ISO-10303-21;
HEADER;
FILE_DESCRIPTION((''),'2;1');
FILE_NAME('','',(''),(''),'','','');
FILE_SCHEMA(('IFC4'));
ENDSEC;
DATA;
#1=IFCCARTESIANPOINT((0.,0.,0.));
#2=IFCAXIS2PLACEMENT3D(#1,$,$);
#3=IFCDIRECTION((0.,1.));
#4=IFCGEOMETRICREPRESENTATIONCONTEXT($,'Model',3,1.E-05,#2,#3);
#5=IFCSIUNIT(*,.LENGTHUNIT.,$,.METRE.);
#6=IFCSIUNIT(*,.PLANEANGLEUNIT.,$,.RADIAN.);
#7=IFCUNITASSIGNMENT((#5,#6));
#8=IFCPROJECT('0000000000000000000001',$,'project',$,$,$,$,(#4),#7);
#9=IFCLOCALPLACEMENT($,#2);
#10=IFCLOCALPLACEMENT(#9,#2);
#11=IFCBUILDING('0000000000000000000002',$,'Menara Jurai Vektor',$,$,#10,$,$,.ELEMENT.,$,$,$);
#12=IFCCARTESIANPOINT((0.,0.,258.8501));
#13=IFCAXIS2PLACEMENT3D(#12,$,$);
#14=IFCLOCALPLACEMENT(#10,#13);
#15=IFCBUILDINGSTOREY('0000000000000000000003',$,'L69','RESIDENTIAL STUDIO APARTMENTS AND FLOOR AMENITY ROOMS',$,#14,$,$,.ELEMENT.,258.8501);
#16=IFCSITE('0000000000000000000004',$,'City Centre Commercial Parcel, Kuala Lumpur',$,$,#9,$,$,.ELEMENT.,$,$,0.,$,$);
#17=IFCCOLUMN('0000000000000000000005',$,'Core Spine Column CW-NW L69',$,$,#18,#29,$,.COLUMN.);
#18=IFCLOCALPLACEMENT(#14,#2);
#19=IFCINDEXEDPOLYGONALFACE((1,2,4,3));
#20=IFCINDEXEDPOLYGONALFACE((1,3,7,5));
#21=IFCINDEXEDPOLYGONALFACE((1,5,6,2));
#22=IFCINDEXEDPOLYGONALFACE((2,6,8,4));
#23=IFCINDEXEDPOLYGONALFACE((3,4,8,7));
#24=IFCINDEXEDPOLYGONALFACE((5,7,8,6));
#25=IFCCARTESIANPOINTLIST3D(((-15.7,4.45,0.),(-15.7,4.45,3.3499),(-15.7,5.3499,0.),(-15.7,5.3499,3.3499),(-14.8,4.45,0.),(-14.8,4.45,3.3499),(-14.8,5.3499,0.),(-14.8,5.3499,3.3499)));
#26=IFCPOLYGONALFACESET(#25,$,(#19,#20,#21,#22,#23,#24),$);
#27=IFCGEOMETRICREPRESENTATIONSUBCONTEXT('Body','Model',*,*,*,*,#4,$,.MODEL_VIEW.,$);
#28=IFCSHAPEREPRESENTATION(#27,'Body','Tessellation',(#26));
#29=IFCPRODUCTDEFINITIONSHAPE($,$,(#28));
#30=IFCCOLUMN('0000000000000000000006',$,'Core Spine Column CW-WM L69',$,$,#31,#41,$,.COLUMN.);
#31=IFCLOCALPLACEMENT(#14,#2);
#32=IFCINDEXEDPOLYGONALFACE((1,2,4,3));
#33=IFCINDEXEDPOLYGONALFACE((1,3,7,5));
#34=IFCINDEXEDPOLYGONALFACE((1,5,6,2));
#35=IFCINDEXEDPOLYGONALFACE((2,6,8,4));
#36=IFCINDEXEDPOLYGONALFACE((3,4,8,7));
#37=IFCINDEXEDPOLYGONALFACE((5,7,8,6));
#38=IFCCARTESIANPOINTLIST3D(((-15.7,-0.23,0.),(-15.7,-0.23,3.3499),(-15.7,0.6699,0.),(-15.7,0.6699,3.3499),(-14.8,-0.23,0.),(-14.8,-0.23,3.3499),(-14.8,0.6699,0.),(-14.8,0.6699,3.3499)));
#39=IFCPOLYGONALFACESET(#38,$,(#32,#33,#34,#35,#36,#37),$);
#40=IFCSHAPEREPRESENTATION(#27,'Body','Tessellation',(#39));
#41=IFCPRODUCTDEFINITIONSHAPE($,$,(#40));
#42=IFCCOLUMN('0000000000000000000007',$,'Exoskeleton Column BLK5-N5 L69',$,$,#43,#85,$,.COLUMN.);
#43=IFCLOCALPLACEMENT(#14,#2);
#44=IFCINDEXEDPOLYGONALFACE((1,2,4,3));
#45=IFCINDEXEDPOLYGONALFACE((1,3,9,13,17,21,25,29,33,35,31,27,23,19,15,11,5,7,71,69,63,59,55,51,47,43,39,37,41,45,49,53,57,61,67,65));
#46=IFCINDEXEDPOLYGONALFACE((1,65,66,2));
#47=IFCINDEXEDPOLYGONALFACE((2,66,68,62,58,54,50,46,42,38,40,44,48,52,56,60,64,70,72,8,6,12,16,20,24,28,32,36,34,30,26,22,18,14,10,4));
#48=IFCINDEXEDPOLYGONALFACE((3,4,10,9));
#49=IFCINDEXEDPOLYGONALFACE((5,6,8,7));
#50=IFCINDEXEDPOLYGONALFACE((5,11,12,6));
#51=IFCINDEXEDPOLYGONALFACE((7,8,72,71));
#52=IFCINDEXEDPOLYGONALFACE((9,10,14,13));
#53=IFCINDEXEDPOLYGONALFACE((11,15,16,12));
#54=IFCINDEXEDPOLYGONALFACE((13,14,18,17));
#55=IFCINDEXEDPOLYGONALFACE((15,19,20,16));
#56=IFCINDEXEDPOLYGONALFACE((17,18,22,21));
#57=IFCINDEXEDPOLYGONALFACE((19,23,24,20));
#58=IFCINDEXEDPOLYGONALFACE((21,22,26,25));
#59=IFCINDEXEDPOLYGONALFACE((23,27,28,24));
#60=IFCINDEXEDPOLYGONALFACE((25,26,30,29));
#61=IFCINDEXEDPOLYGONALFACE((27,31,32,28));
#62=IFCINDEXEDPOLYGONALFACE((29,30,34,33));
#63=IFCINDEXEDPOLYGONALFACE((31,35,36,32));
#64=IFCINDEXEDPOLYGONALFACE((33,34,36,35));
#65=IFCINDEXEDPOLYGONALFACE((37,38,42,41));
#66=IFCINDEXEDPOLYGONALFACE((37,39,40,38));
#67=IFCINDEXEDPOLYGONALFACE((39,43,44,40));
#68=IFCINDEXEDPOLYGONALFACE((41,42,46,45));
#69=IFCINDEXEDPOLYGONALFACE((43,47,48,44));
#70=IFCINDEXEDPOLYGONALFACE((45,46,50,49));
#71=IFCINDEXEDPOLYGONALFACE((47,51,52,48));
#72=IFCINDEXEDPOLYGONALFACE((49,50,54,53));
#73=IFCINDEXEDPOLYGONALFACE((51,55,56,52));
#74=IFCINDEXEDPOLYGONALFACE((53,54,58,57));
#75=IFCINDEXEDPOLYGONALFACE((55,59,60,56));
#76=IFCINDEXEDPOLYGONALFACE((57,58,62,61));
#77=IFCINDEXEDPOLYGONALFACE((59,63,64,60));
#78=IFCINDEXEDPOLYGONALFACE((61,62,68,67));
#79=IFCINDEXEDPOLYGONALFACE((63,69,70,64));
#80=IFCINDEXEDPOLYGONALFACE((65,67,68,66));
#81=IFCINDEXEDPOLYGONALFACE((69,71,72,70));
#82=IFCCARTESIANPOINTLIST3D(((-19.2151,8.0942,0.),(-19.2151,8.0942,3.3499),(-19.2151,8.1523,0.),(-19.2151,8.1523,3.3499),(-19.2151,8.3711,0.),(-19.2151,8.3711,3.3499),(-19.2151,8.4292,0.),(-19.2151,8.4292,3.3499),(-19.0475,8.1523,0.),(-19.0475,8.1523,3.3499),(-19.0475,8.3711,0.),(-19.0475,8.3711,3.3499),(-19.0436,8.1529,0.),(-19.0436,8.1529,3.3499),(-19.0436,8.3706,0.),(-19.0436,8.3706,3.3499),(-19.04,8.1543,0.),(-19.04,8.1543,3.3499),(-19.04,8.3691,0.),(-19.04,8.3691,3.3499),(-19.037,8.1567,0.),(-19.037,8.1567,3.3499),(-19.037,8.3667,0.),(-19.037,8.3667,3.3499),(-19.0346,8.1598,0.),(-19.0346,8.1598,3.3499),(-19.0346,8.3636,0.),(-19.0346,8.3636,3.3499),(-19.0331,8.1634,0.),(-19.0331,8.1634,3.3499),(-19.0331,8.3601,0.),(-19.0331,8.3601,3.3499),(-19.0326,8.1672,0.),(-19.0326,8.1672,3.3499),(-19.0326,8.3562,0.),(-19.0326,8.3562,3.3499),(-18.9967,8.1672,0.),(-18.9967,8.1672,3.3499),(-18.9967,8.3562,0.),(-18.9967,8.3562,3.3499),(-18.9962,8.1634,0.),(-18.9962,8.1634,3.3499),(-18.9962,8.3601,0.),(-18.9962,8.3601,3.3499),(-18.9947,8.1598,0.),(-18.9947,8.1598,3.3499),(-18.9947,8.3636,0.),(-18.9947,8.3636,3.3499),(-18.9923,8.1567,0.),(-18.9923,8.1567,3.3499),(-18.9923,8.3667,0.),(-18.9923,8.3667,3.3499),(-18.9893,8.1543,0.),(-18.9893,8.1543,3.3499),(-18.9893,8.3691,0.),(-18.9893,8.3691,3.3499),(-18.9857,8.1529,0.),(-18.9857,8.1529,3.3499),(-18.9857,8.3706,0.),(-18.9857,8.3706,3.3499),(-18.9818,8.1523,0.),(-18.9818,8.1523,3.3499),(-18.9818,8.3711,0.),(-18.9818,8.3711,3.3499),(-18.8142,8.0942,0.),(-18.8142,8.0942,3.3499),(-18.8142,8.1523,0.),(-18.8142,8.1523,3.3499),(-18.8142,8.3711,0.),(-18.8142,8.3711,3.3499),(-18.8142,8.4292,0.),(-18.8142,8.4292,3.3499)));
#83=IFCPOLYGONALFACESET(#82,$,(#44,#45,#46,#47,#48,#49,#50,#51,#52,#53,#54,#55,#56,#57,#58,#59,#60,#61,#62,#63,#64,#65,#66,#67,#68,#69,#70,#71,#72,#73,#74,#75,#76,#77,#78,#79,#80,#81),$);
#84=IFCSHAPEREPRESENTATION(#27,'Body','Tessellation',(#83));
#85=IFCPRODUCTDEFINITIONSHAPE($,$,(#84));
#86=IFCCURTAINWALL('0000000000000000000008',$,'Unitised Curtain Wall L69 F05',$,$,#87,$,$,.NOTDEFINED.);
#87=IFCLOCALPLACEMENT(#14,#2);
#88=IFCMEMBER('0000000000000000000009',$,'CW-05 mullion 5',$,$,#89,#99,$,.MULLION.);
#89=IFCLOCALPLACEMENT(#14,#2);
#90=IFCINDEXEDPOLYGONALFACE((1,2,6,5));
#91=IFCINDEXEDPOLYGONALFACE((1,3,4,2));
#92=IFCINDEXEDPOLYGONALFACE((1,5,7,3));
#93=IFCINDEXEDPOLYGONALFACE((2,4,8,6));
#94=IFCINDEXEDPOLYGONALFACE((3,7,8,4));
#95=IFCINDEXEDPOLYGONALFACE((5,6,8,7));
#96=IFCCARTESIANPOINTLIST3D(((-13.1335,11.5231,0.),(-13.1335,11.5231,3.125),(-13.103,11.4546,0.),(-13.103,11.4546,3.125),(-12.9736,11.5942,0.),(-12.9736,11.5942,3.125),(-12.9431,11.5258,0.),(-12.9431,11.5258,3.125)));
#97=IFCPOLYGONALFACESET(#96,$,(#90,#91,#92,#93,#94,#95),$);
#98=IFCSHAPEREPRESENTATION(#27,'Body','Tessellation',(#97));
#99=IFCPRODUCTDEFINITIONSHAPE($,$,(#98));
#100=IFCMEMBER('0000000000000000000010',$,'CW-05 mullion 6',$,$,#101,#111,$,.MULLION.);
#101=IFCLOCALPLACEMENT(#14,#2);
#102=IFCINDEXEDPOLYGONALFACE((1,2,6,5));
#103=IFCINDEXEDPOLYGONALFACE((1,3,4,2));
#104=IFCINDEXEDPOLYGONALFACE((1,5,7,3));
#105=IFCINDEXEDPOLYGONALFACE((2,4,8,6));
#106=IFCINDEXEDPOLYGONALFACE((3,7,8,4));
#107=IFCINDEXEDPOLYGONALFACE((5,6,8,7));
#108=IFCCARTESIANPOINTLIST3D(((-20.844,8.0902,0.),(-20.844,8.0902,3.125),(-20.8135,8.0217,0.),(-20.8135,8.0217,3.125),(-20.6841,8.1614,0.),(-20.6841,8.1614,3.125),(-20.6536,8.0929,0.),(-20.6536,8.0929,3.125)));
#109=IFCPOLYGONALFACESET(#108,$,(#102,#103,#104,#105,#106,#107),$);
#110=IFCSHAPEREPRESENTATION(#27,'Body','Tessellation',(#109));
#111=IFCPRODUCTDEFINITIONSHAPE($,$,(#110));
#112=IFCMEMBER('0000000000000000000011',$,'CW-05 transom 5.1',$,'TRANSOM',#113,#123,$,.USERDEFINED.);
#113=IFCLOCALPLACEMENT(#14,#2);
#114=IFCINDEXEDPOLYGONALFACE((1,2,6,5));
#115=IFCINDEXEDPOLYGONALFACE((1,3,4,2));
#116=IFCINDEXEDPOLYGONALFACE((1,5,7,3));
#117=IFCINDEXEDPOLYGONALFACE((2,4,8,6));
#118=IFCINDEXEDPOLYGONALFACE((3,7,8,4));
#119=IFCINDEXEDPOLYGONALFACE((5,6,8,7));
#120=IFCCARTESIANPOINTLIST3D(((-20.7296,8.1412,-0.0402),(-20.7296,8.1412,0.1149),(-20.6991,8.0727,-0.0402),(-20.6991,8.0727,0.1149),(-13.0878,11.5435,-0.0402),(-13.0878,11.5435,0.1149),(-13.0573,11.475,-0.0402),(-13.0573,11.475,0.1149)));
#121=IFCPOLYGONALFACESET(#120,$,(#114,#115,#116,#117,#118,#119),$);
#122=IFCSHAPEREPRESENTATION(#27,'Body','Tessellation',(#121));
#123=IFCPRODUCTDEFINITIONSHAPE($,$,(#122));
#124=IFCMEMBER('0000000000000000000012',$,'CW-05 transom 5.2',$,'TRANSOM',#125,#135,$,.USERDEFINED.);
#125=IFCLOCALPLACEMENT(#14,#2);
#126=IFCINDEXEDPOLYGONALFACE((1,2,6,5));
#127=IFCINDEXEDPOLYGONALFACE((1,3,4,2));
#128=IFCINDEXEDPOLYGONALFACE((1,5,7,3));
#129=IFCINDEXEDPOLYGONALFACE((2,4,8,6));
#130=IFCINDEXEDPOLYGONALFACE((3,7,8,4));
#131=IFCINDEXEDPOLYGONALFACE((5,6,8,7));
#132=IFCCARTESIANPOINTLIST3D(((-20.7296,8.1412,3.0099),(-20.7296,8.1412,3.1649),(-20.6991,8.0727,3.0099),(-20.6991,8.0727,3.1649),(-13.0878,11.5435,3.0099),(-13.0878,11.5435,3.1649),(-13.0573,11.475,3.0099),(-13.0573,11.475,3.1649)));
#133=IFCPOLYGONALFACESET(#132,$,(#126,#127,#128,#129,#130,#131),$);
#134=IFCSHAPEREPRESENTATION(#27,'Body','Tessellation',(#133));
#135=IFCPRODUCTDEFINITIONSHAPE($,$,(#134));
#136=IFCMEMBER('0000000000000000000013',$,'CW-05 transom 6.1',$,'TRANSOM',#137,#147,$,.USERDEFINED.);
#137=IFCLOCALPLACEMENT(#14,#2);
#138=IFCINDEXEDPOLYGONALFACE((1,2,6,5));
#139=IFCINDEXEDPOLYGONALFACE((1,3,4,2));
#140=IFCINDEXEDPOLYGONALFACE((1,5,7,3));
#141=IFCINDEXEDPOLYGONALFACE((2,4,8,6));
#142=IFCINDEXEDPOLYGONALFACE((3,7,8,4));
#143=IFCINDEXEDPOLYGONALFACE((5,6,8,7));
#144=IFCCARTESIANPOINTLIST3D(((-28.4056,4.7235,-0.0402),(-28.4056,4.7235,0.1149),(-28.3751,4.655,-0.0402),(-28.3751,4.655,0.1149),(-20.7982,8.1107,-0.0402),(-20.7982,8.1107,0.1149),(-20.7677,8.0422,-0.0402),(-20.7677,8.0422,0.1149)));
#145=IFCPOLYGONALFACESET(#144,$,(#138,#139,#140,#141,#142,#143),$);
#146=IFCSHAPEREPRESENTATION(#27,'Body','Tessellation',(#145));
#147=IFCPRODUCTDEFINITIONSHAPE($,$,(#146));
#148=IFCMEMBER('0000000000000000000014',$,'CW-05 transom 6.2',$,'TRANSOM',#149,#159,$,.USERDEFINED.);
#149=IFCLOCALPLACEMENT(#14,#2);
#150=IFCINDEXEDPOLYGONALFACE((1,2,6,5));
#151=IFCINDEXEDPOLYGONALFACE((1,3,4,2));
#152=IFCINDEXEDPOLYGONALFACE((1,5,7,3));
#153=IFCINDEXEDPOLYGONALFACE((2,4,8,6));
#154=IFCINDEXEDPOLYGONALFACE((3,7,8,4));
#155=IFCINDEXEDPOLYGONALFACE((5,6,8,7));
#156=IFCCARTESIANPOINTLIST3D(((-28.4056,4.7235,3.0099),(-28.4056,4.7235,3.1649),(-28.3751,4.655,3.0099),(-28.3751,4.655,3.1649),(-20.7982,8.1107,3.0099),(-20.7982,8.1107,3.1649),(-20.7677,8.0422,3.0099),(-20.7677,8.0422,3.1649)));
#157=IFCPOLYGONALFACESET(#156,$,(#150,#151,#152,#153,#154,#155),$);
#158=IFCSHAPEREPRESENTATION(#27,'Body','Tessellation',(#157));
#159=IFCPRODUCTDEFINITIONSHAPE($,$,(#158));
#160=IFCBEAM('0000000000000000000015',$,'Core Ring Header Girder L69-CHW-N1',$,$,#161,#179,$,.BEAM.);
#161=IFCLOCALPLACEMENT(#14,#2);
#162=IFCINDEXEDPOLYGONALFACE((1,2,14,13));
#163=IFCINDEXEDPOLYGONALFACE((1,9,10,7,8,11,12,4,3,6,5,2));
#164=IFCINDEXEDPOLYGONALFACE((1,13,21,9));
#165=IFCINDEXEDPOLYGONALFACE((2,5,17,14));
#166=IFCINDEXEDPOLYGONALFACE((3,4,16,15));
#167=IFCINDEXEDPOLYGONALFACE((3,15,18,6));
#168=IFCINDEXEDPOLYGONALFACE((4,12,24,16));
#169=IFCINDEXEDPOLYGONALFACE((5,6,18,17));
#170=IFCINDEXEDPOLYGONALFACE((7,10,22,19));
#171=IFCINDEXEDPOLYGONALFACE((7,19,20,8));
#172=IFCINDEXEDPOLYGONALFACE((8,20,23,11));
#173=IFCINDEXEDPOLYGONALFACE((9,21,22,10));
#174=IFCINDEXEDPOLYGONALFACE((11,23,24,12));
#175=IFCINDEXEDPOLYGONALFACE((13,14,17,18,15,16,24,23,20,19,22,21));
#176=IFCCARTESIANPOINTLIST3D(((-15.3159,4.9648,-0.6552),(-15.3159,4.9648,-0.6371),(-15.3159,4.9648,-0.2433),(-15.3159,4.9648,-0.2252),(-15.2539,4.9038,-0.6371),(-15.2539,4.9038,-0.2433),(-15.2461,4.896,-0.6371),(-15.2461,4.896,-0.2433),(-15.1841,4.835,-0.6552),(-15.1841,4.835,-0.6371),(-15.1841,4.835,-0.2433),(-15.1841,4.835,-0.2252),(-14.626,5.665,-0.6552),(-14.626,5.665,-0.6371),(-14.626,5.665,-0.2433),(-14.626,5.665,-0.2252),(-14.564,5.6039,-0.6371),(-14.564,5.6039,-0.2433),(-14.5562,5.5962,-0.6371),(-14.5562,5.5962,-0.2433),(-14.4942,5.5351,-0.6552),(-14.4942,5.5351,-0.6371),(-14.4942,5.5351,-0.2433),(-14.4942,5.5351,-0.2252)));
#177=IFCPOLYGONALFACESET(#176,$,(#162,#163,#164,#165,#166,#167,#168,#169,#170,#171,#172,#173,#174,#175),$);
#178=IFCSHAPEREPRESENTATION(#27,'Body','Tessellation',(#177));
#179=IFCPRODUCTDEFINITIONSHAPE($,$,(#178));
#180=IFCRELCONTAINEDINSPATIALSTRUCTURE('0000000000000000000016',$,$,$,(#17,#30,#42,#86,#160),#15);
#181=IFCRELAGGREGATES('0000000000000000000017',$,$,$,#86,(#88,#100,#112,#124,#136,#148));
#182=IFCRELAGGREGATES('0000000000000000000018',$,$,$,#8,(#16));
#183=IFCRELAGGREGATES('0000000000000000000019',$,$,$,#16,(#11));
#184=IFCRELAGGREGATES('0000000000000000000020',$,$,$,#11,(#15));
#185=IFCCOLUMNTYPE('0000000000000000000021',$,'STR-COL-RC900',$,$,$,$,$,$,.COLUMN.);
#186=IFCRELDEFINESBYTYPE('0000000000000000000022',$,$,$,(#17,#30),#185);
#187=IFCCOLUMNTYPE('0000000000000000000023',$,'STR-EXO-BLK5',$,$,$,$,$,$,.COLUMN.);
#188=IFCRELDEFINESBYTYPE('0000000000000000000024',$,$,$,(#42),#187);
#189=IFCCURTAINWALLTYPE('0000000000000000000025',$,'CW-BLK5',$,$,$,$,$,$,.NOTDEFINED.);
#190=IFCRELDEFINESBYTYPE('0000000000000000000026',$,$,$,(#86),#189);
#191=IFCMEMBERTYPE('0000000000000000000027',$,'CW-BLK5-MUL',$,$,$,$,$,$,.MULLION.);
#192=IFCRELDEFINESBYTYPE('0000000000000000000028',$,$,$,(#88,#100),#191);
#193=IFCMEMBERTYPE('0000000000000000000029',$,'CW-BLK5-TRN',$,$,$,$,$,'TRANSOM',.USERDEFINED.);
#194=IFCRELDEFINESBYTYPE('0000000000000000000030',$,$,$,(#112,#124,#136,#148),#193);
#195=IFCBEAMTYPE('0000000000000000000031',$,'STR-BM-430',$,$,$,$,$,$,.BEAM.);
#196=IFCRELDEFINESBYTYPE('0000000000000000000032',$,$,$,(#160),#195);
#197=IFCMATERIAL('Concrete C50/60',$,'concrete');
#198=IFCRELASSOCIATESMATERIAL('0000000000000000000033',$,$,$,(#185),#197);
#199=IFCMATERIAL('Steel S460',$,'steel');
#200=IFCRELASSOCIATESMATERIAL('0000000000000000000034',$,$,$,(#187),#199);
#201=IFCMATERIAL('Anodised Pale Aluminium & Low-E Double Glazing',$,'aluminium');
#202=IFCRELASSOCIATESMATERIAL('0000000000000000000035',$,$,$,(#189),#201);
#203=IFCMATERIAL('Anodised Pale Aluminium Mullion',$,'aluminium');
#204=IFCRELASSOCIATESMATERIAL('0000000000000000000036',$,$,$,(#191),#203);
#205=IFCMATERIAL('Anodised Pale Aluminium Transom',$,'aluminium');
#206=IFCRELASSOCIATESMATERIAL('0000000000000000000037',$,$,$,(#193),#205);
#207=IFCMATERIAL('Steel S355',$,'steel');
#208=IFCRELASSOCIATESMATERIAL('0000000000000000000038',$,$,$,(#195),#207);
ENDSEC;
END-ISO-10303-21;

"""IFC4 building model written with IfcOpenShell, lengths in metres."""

from ifc_helpers import new_model, si_unit, direction, frame, origin, origin_2d, place, context, subcontext, project, spatial, rectangle, i_section, extrude, material, material_profile, profile_set, type_object, element, aggregate, save


model = new_model("IFC4")

# Units and contexts
model_context = context("Model", 3, precision=1e-05, world=origin(), true_north=direction((0.0, 1.0)))
body_context = subcontext(model_context, "Body", "Model", "MODEL_VIEW")
ifc_project = project(units=[si_unit("LENGTHUNIT", "METRE"), si_unit("PLANEANGLEUNIT", "RADIAN")], contexts=[model_context])

# Site, building, storey
site_placement = place(None, origin())
site = spatial("IfcSite", under=ifc_project, at=site_placement, Name="City Centre Commercial Parcel, Kuala Lumpur", CompositionType="ELEMENT", RefElevation=0.0)
building_placement = place(site_placement, origin())
building = spatial("IfcBuilding", under=site, at=building_placement, Name="Menara Jurai Vektor", CompositionType="ELEMENT")
storey_placement = place(building_placement, frame((0.0, 0.0, 258.8501)))
storey = spatial("IfcBuildingStorey", under=building, at=storey_placement, Name="L69", Description="RESIDENTIAL STUDIO APARTMENTS AND FLOOR AMENITY ROOMS", CompositionType="ELEMENT", Elevation=258.8501)

# Columns
ifc_material_1 = material(Name="Concrete C50/60", Category="concrete")
ifc_material_profile_1 = material_profile(ifc_material_1, rectangle(XDim=0.8999, YDim=0.8999, at=origin_2d()), Name="RC 900x900")
ifc_profile_set_1 = profile_set([ifc_material_profile_1], Name="Concrete C50/60")
column_type_1 = type_object("IfcColumnType", Name="STR-COL-RC900", PredefinedType="COLUMN", material=ifc_profile_set_1)
for number, where, z_axis, x_axis, name in (
    (1, (-15.25, 4.8999, 0.0), (0.0, 0.0, 1.0), (1.0, 0.0, 0.0), "Core Spine Column CW-NW L69"),
    (2, (-15.25, 0.22, 0.0), (0.0, 0.0, 1.0), (1.0, 0.0, 0.0), "Core Spine Column CW-WM L69"),
):
    element("IfcColumn", number, at=place(storey_placement, frame(where, z_axis=z_axis, x_axis=x_axis)), inside=storey, type_object=column_type_1, Name=name, PredefinedType="COLUMN", context=body_context, shape_type="SweptSolid", body=[
        extrude(rectangle(XDim=0.8999, YDim=0.8999, at=origin_2d()), origin(), (0.0, 0.0, 1.0), 3.3499),
    ])
ifc_material_2 = material(Name="Steel S460", Category="steel")
ifc_material_profile_2 = material_profile(ifc_material_2, i_section(OverallWidth=0.4009, OverallDepth=0.335, WebThickness=0.0359, FlangeThickness=0.0581, FilletRadius=0.0149, at=origin_2d()), Name="HD 400x463")
ifc_profile_set_2 = profile_set([ifc_material_profile_2], Name="Steel S460")
column_type_2 = type_object("IfcColumnType", Name="STR-EXO-BLK5", PredefinedType="COLUMN", material=ifc_profile_set_2)
column_placement = place(storey_placement, frame((-19.0146, 8.2617, 0.0), z_axis=(0.0, 0.0, 1.0), x_axis=(1.0, 0.0, 0.0)))
element("IfcColumn", 3, at=column_placement, inside=storey, type_object=column_type_2, Name="Exoskeleton Column BLK5-N5 L69", PredefinedType="COLUMN", context=body_context, shape_type="SweptSolid", body=[
    extrude(i_section(OverallWidth=0.4009, OverallDepth=0.335, WebThickness=0.0359, FlangeThickness=0.0581, FilletRadius=0.0149, at=origin_2d()), origin(), (0.0, 0.0, 1.0), 3.3499),
])

# Curtain wall, members
ifc_material_3 = material(Name="Anodised Pale Aluminium & Low-E Double Glazing", Category="aluminium")
curtain_wall_type = type_object("IfcCurtainWallType", Name="CW-BLK5", PredefinedType="NOTDEFINED", material=ifc_material_3)
curtain_wall_placement = place(storey_placement, origin())
curtain_wall = element("IfcCurtainWall", 4, at=curtain_wall_placement, inside=storey, type_object=curtain_wall_type, Name="Unitised Curtain Wall L69 F05", PredefinedType="NOTDEFINED")
ifc_material_4 = material(Name="Anodised Pale Aluminium Mullion", Category="aluminium")
ifc_material_profile_3 = material_profile(ifc_material_4, rectangle(XDim=0.075, YDim=0.175, at=origin_2d()), Name="ALU MUL 75x175")
ifc_profile_set_3 = profile_set([ifc_material_profile_3], Name="Anodised Pale Aluminium Mullion")
member_type_1 = type_object("IfcMemberType", Name="CW-BLK5-MUL", PredefinedType="MULLION", material=ifc_profile_set_3)
member_1_placement = place(storey_placement, frame((-13.0383, 11.5244, 0.0), z_axis=(0.0, 0.0, 1.0), x_axis=(0.406735, -0.913546, 0.0)))
member_1 = element("IfcMember", 5, at=member_1_placement, type_object=member_type_1, Name="CW-05 mullion 5", PredefinedType="MULLION", context=body_context, shape_type="SweptSolid", body=[
    extrude(rectangle(XDim=0.075, YDim=0.175, at=origin_2d()), origin(), (0.0, 0.0, 1.0), 3.125),
])
member_2_placement = place(storey_placement, frame((-20.7488, 8.0916, 0.0), z_axis=(0.0, 0.0, 1.0), x_axis=(0.406735, -0.913546, 0.0)))
member_2 = element("IfcMember", 6, at=member_2_placement, type_object=member_type_1, Name="CW-05 mullion 6", PredefinedType="MULLION", context=body_context, shape_type="SweptSolid", body=[
    extrude(rectangle(XDim=0.075, YDim=0.175, at=origin_2d()), origin(), (0.0, 0.0, 1.0), 3.125),
])
ifc_material_5 = material(Name="Anodised Pale Aluminium Transom", Category="aluminium")
ifc_material_profile_4 = material_profile(ifc_material_5, rectangle(XDim=0.075, YDim=0.155, at=origin_2d()), Name="ALU TRN 75x155")
ifc_profile_set_4 = profile_set([ifc_material_profile_4], Name="Anodised Pale Aluminium Transom")
member_type_2 = type_object("IfcMemberType", Name="CW-BLK5-TRN", ElementType="TRANSOM", PredefinedType="USERDEFINED", material=ifc_profile_set_4)
member_3_placement = place(storey_placement, frame((-13.0725, 11.5093, 0.0374), z_axis=(-0.913547, -0.406734, 0.0), x_axis=(0.406734, -0.913547, 0.0)))
member_3 = element("IfcMember", 7, at=member_3_placement, type_object=member_type_2, Name="CW-05 transom 5.1", ObjectType="TRANSOM", PredefinedType="USERDEFINED", context=body_context, shape_type="SweptSolid", body=[
    extrude(rectangle(XDim=0.075, YDim=0.155, at=origin_2d()), origin(), (0.0, 0.0, 1.0), 8.365),
])
member_4_placement = place(storey_placement, frame((-13.0725, 11.5093, 3.0874), z_axis=(-0.913547, -0.406734, 0.0), x_axis=(0.406734, -0.913547, 0.0)))
member_4 = element("IfcMember", 8, at=member_4_placement, type_object=member_type_2, Name="CW-05 transom 5.2", ObjectType="TRANSOM", PredefinedType="USERDEFINED", context=body_context, shape_type="SweptSolid", body=[
    extrude(rectangle(XDim=0.075, YDim=0.155, at=origin_2d()), origin(), (0.0, 0.0, 1.0), 8.365),
])
member_5_placement = place(storey_placement, frame((-20.783, 8.0764, 0.0374), z_axis=(-0.913538, -0.406753, 0.0), x_axis=(0.406753, -0.913538, 0.0)))
member_5 = element("IfcMember", 9, at=member_5_placement, type_object=member_type_2, Name="CW-05 transom 6.1", ObjectType="TRANSOM", PredefinedType="USERDEFINED", context=body_context, shape_type="SweptSolid", body=[
    extrude(rectangle(XDim=0.075, YDim=0.155, at=origin_2d()), origin(), (0.0, 0.0, 1.0), 8.3274),
])
member_6_placement = place(storey_placement, frame((-20.783, 8.0764, 3.0874), z_axis=(-0.913538, -0.406753, 0.0), x_axis=(0.406753, -0.913538, 0.0)))
member_6 = element("IfcMember", 10, at=member_6_placement, type_object=member_type_2, Name="CW-05 transom 6.2", ObjectType="TRANSOM", PredefinedType="USERDEFINED", context=body_context, shape_type="SweptSolid", body=[
    extrude(rectangle(XDim=0.075, YDim=0.155, at=origin_2d()), origin(), (0.0, 0.0, 1.0), 8.3274),
])

# Beam
ifc_material_6 = material(Name="Steel S355", Category="steel")
ifc_material_profile_5 = material_profile(ifc_material_6, i_section(OverallWidth=0.1851, OverallDepth=0.4299, WebThickness=0.011, FlangeThickness=0.0181, at=origin_2d()), Name="PG 430x185x76")
ifc_profile_set_5 = profile_set([ifc_material_profile_5], Name="Steel S355")
beam_type_1 = type_object("IfcBeamType", Name="STR-BM-430", PredefinedType="BEAM", material=ifc_profile_set_5)
beam_1_placement = place(storey_placement, frame((-15.25, 4.8999, -0.4402), z_axis=(0.701872, 0.712303, 0.0), x_axis=(-0.712303, 0.701872, 0.0)))
element("IfcBeam", 11, at=beam_1_placement, inside=storey, type_object=beam_type_1, Name="Core Ring Header Girder L69-CHW-N1", PredefinedType="BEAM", context=body_context, shape_type="SweptSolid", body=[
    extrude(i_section(OverallWidth=0.1851, OverallDepth=0.4299, WebThickness=0.011, FlangeThickness=0.0181, at=origin_2d()), origin(), (0.0, 0.0, 1.0), 0.9829),
])

aggregate(curtain_wall, [member_1, member_2, member_3, member_4, member_5, member_6])

save(model, "model.ifc")
